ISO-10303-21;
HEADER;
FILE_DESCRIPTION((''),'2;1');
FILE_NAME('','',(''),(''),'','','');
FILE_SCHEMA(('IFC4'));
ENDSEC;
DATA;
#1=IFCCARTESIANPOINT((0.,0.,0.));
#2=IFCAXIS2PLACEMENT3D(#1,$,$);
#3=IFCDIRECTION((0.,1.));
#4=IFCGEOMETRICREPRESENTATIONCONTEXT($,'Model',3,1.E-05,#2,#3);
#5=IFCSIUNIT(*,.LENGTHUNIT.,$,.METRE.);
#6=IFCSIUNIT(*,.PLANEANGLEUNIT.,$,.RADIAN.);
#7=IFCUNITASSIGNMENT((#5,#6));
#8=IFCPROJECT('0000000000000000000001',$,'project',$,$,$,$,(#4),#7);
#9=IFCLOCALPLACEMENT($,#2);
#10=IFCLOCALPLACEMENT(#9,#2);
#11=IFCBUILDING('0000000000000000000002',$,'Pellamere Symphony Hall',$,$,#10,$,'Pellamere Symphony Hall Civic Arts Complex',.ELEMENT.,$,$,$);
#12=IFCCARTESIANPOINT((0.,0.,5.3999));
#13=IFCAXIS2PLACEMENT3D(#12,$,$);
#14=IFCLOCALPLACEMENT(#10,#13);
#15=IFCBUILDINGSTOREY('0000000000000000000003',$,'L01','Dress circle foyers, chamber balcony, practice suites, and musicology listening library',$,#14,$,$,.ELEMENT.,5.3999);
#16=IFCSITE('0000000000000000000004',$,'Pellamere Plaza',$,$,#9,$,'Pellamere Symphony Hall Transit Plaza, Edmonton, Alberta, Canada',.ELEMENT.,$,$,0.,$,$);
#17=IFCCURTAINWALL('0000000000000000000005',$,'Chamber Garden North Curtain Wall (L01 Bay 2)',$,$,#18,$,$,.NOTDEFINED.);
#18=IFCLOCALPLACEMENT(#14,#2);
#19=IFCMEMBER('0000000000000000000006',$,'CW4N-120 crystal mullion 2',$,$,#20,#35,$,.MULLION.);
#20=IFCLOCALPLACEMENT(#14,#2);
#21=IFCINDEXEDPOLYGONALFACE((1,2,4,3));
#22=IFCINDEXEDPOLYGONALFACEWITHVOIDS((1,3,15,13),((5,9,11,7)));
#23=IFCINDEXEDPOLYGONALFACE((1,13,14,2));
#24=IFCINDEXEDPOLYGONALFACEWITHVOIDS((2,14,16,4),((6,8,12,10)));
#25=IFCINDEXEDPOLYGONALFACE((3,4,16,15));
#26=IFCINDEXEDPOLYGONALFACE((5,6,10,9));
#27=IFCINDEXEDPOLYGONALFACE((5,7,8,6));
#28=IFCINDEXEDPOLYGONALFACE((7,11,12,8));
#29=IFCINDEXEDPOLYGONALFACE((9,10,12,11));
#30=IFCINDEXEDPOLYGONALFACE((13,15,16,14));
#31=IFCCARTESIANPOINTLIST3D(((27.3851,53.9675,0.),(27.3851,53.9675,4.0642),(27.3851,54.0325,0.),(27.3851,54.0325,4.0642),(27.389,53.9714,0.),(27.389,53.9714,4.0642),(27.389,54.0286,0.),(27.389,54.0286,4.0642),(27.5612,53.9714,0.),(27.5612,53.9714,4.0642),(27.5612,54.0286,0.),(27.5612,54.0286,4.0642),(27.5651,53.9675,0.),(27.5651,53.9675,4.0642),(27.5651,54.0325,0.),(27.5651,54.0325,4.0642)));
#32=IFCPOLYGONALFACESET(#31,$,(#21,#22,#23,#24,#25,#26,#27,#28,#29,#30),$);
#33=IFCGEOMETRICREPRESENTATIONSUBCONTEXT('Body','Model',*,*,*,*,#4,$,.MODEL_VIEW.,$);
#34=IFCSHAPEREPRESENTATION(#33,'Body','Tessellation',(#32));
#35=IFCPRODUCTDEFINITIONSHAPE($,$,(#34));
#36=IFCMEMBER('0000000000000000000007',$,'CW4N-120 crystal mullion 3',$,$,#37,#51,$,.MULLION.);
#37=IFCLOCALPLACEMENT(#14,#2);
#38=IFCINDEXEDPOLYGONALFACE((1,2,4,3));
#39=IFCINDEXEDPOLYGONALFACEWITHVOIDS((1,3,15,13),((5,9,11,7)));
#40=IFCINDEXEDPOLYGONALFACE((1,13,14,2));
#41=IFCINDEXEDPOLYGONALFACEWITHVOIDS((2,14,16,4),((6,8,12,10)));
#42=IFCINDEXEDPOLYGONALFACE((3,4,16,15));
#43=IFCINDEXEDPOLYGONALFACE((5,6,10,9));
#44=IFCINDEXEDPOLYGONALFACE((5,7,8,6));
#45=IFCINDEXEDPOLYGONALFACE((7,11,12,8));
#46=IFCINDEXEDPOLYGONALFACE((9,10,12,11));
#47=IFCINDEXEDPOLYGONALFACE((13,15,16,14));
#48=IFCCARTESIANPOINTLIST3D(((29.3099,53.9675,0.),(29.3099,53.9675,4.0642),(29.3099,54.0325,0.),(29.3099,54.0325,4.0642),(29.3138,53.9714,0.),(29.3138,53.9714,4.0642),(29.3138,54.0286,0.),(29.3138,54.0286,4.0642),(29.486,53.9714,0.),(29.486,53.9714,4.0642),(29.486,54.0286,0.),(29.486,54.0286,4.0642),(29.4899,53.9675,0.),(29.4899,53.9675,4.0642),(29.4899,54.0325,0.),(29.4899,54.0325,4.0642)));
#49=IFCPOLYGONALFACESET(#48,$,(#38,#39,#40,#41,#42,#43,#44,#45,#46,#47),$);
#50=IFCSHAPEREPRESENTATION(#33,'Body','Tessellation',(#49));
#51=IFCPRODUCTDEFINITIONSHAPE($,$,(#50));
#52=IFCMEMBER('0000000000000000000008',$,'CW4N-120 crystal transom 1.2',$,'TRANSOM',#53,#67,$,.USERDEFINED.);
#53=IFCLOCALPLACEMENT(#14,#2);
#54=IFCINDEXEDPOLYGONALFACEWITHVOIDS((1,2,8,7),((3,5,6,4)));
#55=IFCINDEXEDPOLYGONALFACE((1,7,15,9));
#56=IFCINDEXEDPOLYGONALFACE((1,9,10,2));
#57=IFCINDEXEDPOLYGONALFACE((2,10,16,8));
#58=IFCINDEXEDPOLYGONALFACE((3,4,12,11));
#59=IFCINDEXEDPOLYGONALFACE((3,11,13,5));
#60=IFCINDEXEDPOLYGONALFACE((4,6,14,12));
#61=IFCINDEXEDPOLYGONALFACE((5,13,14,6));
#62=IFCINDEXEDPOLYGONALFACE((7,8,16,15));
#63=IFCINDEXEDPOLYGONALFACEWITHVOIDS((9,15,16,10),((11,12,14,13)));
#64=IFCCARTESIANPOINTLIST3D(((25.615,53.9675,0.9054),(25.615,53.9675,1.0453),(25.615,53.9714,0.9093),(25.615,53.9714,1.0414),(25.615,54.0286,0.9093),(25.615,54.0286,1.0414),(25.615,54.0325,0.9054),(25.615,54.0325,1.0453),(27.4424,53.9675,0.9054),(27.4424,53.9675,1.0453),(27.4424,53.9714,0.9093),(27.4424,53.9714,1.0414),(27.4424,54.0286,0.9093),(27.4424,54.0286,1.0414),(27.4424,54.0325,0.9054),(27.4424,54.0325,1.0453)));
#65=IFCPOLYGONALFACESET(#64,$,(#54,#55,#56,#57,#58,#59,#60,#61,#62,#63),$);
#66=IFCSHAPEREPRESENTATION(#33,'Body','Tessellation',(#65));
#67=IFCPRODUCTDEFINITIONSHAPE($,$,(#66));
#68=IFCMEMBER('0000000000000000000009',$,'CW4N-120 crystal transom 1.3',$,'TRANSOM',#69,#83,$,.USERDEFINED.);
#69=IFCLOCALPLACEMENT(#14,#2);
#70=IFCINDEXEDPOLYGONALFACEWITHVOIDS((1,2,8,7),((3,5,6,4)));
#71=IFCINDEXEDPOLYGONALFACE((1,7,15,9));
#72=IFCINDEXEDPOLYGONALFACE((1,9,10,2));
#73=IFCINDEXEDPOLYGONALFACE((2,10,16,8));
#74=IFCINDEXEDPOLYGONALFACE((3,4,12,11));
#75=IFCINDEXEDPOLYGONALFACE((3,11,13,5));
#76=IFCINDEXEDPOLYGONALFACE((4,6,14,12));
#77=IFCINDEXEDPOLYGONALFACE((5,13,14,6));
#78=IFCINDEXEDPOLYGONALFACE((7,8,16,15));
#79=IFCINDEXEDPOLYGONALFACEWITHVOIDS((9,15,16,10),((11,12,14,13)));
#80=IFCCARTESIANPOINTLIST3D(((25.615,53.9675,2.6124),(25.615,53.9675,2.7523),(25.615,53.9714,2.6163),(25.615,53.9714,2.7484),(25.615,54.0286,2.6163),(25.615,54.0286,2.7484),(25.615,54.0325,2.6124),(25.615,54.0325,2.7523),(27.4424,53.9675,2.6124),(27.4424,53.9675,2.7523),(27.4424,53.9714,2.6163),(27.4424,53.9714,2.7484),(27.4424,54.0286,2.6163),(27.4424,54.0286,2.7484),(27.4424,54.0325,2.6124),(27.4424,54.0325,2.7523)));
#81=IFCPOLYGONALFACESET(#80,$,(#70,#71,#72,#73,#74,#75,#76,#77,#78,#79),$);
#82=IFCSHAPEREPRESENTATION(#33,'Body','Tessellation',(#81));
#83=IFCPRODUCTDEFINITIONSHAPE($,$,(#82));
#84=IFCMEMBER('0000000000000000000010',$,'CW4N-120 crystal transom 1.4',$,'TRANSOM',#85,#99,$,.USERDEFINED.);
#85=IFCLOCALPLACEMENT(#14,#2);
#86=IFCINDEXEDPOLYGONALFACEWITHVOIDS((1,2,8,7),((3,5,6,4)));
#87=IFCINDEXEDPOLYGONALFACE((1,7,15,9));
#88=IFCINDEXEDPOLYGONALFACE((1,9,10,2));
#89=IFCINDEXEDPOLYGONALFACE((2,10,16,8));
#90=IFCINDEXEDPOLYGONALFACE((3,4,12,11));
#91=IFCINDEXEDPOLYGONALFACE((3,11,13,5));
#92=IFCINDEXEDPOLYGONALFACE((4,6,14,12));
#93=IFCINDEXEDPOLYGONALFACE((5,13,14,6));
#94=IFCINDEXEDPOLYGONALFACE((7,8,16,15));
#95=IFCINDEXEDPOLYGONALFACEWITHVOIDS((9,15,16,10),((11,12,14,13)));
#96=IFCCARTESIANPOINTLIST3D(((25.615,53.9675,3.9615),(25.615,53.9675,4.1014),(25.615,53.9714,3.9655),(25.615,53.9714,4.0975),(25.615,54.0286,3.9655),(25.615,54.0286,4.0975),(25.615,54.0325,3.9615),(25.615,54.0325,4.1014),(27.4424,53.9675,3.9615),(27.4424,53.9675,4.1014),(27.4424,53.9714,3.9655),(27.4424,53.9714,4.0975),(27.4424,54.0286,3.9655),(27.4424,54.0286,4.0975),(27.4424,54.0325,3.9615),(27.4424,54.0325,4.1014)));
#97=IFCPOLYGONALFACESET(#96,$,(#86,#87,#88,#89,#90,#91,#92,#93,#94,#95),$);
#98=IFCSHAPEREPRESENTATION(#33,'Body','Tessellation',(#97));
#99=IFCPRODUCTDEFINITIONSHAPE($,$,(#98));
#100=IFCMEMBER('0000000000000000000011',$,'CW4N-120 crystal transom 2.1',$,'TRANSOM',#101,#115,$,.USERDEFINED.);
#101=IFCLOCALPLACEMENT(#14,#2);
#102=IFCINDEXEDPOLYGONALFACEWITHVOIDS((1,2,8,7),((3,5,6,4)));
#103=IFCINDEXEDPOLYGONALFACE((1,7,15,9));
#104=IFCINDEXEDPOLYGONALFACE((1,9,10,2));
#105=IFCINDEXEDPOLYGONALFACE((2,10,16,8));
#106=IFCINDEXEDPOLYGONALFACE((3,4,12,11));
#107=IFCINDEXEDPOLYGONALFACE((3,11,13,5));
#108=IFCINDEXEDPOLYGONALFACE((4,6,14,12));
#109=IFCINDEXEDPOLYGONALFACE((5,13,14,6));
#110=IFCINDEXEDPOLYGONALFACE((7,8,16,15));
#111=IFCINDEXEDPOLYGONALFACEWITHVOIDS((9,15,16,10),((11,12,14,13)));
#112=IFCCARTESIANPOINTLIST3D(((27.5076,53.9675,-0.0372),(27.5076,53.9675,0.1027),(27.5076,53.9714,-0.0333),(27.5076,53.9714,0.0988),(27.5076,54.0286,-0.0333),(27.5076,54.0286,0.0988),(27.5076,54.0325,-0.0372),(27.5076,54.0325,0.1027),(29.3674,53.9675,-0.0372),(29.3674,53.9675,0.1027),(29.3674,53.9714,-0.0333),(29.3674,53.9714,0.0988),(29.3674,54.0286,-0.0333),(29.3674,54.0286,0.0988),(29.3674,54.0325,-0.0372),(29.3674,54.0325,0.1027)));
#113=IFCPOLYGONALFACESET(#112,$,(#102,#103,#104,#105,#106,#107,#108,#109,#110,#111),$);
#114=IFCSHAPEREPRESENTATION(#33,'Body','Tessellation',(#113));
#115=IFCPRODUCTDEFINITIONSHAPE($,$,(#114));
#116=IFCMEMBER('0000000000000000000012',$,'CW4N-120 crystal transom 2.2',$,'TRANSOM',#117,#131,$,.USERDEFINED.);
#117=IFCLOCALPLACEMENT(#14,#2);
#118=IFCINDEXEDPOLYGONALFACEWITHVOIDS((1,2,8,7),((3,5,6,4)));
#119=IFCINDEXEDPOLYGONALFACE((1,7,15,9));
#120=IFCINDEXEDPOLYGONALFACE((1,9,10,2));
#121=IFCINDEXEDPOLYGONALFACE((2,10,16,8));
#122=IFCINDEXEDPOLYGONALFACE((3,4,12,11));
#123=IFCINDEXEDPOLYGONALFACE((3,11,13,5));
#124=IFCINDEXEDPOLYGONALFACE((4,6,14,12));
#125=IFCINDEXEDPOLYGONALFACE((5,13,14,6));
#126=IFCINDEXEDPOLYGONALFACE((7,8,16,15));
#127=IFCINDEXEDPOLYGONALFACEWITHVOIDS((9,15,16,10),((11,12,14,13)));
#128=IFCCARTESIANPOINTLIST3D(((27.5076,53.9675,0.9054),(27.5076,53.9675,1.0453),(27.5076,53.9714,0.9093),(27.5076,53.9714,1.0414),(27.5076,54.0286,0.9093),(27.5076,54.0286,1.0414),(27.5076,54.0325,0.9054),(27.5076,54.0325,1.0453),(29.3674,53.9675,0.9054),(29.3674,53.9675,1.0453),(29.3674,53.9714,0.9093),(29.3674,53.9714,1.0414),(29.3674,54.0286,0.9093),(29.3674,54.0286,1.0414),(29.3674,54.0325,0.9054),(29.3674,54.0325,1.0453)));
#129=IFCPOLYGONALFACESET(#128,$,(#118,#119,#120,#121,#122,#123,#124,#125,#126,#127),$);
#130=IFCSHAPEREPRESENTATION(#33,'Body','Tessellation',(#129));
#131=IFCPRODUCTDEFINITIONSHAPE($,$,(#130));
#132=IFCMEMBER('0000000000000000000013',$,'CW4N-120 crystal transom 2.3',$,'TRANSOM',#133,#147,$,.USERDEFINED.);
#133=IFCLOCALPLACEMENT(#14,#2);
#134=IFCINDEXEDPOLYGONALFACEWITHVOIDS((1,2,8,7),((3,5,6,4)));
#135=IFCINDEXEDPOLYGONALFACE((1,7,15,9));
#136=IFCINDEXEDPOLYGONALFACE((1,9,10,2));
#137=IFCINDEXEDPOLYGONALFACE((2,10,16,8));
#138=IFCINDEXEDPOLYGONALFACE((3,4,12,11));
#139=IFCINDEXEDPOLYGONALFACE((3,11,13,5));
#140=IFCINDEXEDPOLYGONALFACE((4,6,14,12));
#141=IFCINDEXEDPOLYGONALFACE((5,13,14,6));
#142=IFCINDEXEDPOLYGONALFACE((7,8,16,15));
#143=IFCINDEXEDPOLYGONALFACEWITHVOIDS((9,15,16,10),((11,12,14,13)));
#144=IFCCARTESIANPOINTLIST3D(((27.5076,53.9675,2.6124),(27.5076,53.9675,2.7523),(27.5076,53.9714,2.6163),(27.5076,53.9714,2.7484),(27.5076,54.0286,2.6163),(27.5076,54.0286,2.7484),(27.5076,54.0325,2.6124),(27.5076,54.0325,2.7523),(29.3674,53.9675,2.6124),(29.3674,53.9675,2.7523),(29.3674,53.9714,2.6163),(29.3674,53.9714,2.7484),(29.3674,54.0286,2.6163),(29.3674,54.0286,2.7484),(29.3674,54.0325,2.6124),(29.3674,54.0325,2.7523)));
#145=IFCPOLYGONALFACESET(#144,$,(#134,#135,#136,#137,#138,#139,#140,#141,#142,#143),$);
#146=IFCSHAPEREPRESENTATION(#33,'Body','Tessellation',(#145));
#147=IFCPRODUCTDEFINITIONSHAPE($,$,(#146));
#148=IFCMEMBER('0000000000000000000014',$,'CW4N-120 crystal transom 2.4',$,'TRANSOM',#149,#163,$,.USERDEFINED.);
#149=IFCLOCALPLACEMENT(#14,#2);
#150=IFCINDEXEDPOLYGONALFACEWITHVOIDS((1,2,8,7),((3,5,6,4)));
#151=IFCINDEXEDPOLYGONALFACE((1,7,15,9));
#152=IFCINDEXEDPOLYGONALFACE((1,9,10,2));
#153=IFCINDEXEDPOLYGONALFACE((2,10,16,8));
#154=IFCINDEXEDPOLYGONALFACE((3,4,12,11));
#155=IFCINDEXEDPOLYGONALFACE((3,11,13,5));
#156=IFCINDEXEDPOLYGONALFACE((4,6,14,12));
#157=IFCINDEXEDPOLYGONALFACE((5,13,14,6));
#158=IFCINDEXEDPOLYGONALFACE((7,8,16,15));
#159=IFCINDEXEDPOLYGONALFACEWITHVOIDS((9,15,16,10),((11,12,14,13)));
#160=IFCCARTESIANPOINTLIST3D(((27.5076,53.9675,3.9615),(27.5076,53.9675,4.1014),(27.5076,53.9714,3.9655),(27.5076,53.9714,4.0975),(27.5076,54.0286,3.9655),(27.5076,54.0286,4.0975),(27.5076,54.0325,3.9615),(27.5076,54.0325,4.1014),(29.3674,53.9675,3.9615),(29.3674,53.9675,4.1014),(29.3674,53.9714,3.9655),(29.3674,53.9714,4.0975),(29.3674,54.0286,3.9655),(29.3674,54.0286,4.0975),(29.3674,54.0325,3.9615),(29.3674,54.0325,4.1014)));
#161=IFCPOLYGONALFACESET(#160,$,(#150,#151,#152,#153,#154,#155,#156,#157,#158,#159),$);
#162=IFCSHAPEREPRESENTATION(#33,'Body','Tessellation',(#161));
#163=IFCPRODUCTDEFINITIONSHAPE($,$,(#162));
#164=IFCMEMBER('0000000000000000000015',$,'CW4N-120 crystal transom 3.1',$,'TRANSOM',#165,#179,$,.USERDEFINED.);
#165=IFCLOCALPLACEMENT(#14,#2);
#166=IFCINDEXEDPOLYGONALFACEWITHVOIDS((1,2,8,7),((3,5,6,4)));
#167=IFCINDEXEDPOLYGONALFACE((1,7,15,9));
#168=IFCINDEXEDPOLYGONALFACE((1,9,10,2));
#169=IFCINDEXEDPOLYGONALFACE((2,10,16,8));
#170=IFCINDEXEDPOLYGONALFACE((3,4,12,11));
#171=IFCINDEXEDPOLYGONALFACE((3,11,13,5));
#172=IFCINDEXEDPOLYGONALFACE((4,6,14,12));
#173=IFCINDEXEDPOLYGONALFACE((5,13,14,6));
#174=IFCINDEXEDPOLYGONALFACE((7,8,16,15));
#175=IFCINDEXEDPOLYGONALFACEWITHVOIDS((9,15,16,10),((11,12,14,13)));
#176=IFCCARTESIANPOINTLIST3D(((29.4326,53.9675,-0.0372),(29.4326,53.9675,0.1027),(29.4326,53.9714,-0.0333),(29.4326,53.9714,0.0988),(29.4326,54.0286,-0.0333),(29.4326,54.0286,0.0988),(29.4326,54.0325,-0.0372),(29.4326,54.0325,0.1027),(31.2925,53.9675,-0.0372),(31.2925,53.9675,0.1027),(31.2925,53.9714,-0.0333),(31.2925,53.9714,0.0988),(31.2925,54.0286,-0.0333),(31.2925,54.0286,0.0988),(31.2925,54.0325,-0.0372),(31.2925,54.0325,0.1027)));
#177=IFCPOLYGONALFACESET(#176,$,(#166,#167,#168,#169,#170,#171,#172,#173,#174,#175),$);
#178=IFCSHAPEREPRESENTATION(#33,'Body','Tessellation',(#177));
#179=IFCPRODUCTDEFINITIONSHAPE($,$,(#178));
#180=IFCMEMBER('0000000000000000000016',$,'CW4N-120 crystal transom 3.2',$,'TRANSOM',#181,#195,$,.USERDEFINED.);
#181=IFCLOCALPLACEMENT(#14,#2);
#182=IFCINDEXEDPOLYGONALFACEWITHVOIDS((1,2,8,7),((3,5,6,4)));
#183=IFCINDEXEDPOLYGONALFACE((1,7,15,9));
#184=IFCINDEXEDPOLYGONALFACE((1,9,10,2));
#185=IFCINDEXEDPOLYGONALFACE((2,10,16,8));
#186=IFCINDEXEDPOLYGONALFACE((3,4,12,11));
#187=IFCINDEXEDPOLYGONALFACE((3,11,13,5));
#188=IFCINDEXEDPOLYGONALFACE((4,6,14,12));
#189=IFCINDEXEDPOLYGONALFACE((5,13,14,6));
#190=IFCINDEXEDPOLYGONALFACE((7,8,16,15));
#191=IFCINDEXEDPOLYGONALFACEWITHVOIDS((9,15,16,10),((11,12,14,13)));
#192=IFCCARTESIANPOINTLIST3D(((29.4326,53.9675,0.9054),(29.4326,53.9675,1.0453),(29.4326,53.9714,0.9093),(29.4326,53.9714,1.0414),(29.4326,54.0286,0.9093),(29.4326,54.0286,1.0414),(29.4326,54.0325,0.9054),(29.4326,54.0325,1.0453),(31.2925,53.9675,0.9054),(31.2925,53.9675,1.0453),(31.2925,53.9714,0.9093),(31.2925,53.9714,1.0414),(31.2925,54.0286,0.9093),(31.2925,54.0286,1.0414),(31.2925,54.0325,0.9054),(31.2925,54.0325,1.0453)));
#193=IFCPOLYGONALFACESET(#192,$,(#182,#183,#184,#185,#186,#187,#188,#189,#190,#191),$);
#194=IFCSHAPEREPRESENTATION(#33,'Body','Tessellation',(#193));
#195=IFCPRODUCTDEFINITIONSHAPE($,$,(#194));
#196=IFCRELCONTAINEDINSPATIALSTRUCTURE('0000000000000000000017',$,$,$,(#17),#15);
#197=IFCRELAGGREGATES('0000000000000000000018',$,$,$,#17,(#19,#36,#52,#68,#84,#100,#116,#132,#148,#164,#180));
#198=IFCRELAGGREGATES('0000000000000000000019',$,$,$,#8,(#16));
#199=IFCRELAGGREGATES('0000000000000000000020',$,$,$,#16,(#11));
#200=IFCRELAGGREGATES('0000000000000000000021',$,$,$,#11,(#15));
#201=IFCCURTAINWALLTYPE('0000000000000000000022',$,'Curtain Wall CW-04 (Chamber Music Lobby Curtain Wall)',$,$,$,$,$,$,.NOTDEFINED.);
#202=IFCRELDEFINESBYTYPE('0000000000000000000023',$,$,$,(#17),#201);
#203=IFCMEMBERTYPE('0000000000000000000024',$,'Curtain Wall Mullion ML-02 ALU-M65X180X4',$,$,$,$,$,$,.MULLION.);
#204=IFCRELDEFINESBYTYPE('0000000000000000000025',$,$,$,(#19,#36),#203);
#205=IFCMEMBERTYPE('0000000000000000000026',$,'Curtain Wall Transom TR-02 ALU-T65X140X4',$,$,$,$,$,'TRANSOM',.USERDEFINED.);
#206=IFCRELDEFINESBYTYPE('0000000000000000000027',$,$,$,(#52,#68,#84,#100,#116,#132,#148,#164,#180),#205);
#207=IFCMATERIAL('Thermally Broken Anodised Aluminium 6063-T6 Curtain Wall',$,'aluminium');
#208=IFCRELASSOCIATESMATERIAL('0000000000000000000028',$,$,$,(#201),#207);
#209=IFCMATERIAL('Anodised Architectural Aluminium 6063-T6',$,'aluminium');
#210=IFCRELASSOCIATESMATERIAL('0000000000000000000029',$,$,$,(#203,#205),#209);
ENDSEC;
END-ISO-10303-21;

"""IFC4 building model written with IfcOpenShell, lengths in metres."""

from ifc_helpers import new_model, si_unit, direction, frame, origin, origin_2d, place, context, subcontext, project, spatial, hollow_rectangle, extrude, material, material_profile, profile_set, type_object, element, aggregate, save


model = new_model("IFC4")

# Units and contexts
model_context = context("Model", 3, precision=1e-05, world=origin(), true_north=direction((0.0, 1.0)))
body_context = subcontext(model_context, "Body", "Model", "MODEL_VIEW")
ifc_project = project(units=[si_unit("LENGTHUNIT", "METRE"), si_unit("PLANEANGLEUNIT", "RADIAN")], contexts=[model_context])

# Site, building, storey
site_placement = place(None, origin())
site = spatial("IfcSite", under=ifc_project, at=site_placement, Name="Pellamere Plaza", LongName="Pellamere Symphony Hall Transit Plaza, Edmonton, Alberta, Canada", CompositionType="ELEMENT", RefElevation=0.0)
building_placement = place(site_placement, origin())
building = spatial("IfcBuilding", under=site, at=building_placement, Name="Pellamere Symphony Hall", LongName="Pellamere Symphony Hall Civic Arts Complex", CompositionType="ELEMENT")
storey_placement = place(building_placement, frame((0.0, 0.0, 5.3999)))
storey = spatial("IfcBuildingStorey", under=building, at=storey_placement, Name="L01", Description="Dress circle foyers, chamber balcony, practice suites, and musicology listening library", CompositionType="ELEMENT", Elevation=5.3999)

# Curtain wall, members
ifc_material_1 = material(Name="Thermally Broken Anodised Aluminium 6063-T6 Curtain Wall", Category="aluminium")
curtain_wall_type = type_object("IfcCurtainWallType", Name="Curtain Wall CW-04 (Chamber Music Lobby Curtain Wall)", PredefinedType="NOTDEFINED", material=ifc_material_1)
curtain_wall_placement = place(storey_placement, origin())
curtain_wall = element("IfcCurtainWall", 1, at=curtain_wall_placement, inside=storey, type_object=curtain_wall_type, Name="Chamber Garden North Curtain Wall (L01 Bay 2)", PredefinedType="NOTDEFINED")
ifc_material_2 = material(Name="Anodised Architectural Aluminium 6063-T6", Category="aluminium")
ifc_material_profile_1 = material_profile(ifc_material_2, hollow_rectangle(XDim=0.0649, YDim=0.1799, WallThickness=0.0039, at=origin_2d()), Name="ALU-M65X180X4")
ifc_profile_set_1 = profile_set([ifc_material_profile_1], Name="Anodised Architectural Aluminium 6063-T6")
member_type_1 = type_object("IfcMemberType", Name="Curtain Wall Mullion ML-02 ALU-M65X180X4", PredefinedType="MULLION", material=ifc_profile_set_1)
member_1_placement = place(storey_placement, frame((27.4751, 54.0, 0.0), z_axis=(0.0, 0.0, 1.0), x_axis=(0.0, 1.0, 0.0)))
member_1 = element("IfcMember", 2, at=member_1_placement, type_object=member_type_1, Name="CW4N-120 crystal mullion 2", PredefinedType="MULLION", context=body_context, shape_type="SweptSolid", body=[
    extrude(hollow_rectangle(XDim=0.0649, YDim=0.1799, WallThickness=0.0039, at=origin_2d()), origin(), (0.0, 0.0, 1.0), 4.0642),
])
member_2_placement = place(storey_placement, frame((29.3999, 54.0, 0.0), z_axis=(0.0, 0.0, 1.0), x_axis=(0.0, 1.0, 0.0)))
member_2 = element("IfcMember", 3, at=member_2_placement, type_object=member_type_1, Name="CW4N-120 crystal mullion 3", PredefinedType="MULLION", context=body_context, shape_type="SweptSolid", body=[
    extrude(hollow_rectangle(XDim=0.0649, YDim=0.1799, WallThickness=0.0039, at=origin_2d()), origin(), (0.0, 0.0, 1.0), 4.0642),
])
ifc_material_profile_2 = material_profile(ifc_material_2, hollow_rectangle(XDim=0.0649, YDim=0.1399, WallThickness=0.0039, at=origin_2d()), Name="ALU-T65X140X4")
ifc_profile_set_2 = profile_set([ifc_material_profile_2], Name="Anodised Architectural Aluminium 6063-T6")
member_type_2 = type_object("IfcMemberType", Name="Curtain Wall Transom TR-02 ALU-T65X140X4", ElementType="TRANSOM", PredefinedType="USERDEFINED", material=ifc_profile_set_2)
member_3_placement = place(storey_placement, frame((25.615, 54.0, 0.9753), z_axis=(1.0, 0.0, 0.0), x_axis=(0.0, 1.0, 0.0)))
member_3 = element("IfcMember", 4, at=member_3_placement, type_object=member_type_2, Name="CW4N-120 crystal transom 1.2", ObjectType="TRANSOM", PredefinedType="USERDEFINED", context=body_context, shape_type="SweptSolid", body=[
    extrude(hollow_rectangle(XDim=0.0649, YDim=0.1399, WallThickness=0.0039, at=origin_2d()), origin(), (0.0, 0.0, 1.0), 1.8274),
])
member_4_placement = place(storey_placement, frame((25.615, 54.0, 2.6824), z_axis=(1.0, 0.0, 0.0), x_axis=(0.0, 1.0, 0.0)))
member_4 = element("IfcMember", 5, at=member_4_placement, type_object=member_type_2, Name="CW4N-120 crystal transom 1.3", ObjectType="TRANSOM", PredefinedType="USERDEFINED", context=body_context, shape_type="SweptSolid", body=[
    extrude(hollow_rectangle(XDim=0.0649, YDim=0.1399, WallThickness=0.0039, at=origin_2d()), origin(), (0.0, 0.0, 1.0), 1.8274),
])
member_5_placement = place(storey_placement, frame((25.615, 54.0, 4.0315), z_axis=(1.0, 0.0, 0.0), x_axis=(0.0, 1.0, 0.0)))
member_5 = element("IfcMember", 6, at=member_5_placement, type_object=member_type_2, Name="CW4N-120 crystal transom 1.4", ObjectType="TRANSOM", PredefinedType="USERDEFINED", context=body_context, shape_type="SweptSolid", body=[
    extrude(hollow_rectangle(XDim=0.0649, YDim=0.1399, WallThickness=0.0039, at=origin_2d()), origin(), (0.0, 0.0, 1.0), 1.8274),
])
member_6_placement = place(storey_placement, frame((27.5076, 54.0, 0.0327), z_axis=(1.0, 0.0, 0.0), x_axis=(0.0, 1.0, 0.0)))
member_6 = element("IfcMember", 7, at=member_6_placement, type_object=member_type_2, Name="CW4N-120 crystal transom 2.1", ObjectType="TRANSOM", PredefinedType="USERDEFINED", context=body_context, shape_type="SweptSolid", body=[
    extrude(hollow_rectangle(XDim=0.0649, YDim=0.1399, WallThickness=0.0039, at=origin_2d()), origin(), (0.0, 0.0, 1.0), 1.8599),
])
member_7_placement = place(storey_placement, frame((27.5076, 54.0, 0.9753), z_axis=(1.0, 0.0, 0.0), x_axis=(0.0, 1.0, 0.0)))
member_7 = element("IfcMember", 8, at=member_7_placement, type_object=member_type_2, Name="CW4N-120 crystal transom 2.2", ObjectType="TRANSOM", PredefinedType="USERDEFINED", context=body_context, shape_type="SweptSolid", body=[
    extrude(hollow_rectangle(XDim=0.0649, YDim=0.1399, WallThickness=0.0039, at=origin_2d()), origin(), (0.0, 0.0, 1.0), 1.8599),
])
member_8_placement = place(storey_placement, frame((27.5076, 54.0, 2.6824), z_axis=(1.0, 0.0, 0.0), x_axis=(0.0, 1.0, 0.0)))
member_8 = element("IfcMember", 9, at=member_8_placement, type_object=member_type_2, Name="CW4N-120 crystal transom 2.3", ObjectType="TRANSOM", PredefinedType="USERDEFINED", context=body_context, shape_type="SweptSolid", body=[
    extrude(hollow_rectangle(XDim=0.0649, YDim=0.1399, WallThickness=0.0039, at=origin_2d()), origin(), (0.0, 0.0, 1.0), 1.8599),
])
member_9_placement = place(storey_placement, frame((27.5076, 54.0, 4.0315), z_axis=(1.0, 0.0, 0.0), x_axis=(0.0, 1.0, 0.0)))
member_9 = element("IfcMember", 10, at=member_9_placement, type_object=member_type_2, Name="CW4N-120 crystal transom 2.4", ObjectType="TRANSOM", PredefinedType="USERDEFINED", context=body_context, shape_type="SweptSolid", body=[
    extrude(hollow_rectangle(XDim=0.0649, YDim=0.1399, WallThickness=0.0039, at=origin_2d()), origin(), (0.0, 0.0, 1.0), 1.8599),
])
member_10_placement = place(storey_placement, frame((29.4326, 54.0, 0.0327), z_axis=(1.0, 0.0, 0.0), x_axis=(0.0, 1.0, 0.0)))
member_10 = element("IfcMember", 11, at=member_10_placement, type_object=member_type_2, Name="CW4N-120 crystal transom 3.1", ObjectType="TRANSOM", PredefinedType="USERDEFINED", context=body_context, shape_type="SweptSolid", body=[
    extrude(hollow_rectangle(XDim=0.0649, YDim=0.1399, WallThickness=0.0039, at=origin_2d()), origin(), (0.0, 0.0, 1.0), 1.8599),
])
member_11_placement = place(storey_placement, frame((29.4326, 54.0, 0.9753), z_axis=(1.0, 0.0, 0.0), x_axis=(0.0, 1.0, 0.0)))
member_11 = element("IfcMember", 12, at=member_11_placement, type_object=member_type_2, Name="CW4N-120 crystal transom 3.2", ObjectType="TRANSOM", PredefinedType="USERDEFINED", context=body_context, shape_type="SweptSolid", body=[
    extrude(hollow_rectangle(XDim=0.0649, YDim=0.1399, WallThickness=0.0039, at=origin_2d()), origin(), (0.0, 0.0, 1.0), 1.8599),
])
aggregate(curtain_wall, [member_1, member_2, member_3, member_4, member_5, member_6, member_7, member_8, member_9, member_10, member_11])

save(model, "model.ifc")
